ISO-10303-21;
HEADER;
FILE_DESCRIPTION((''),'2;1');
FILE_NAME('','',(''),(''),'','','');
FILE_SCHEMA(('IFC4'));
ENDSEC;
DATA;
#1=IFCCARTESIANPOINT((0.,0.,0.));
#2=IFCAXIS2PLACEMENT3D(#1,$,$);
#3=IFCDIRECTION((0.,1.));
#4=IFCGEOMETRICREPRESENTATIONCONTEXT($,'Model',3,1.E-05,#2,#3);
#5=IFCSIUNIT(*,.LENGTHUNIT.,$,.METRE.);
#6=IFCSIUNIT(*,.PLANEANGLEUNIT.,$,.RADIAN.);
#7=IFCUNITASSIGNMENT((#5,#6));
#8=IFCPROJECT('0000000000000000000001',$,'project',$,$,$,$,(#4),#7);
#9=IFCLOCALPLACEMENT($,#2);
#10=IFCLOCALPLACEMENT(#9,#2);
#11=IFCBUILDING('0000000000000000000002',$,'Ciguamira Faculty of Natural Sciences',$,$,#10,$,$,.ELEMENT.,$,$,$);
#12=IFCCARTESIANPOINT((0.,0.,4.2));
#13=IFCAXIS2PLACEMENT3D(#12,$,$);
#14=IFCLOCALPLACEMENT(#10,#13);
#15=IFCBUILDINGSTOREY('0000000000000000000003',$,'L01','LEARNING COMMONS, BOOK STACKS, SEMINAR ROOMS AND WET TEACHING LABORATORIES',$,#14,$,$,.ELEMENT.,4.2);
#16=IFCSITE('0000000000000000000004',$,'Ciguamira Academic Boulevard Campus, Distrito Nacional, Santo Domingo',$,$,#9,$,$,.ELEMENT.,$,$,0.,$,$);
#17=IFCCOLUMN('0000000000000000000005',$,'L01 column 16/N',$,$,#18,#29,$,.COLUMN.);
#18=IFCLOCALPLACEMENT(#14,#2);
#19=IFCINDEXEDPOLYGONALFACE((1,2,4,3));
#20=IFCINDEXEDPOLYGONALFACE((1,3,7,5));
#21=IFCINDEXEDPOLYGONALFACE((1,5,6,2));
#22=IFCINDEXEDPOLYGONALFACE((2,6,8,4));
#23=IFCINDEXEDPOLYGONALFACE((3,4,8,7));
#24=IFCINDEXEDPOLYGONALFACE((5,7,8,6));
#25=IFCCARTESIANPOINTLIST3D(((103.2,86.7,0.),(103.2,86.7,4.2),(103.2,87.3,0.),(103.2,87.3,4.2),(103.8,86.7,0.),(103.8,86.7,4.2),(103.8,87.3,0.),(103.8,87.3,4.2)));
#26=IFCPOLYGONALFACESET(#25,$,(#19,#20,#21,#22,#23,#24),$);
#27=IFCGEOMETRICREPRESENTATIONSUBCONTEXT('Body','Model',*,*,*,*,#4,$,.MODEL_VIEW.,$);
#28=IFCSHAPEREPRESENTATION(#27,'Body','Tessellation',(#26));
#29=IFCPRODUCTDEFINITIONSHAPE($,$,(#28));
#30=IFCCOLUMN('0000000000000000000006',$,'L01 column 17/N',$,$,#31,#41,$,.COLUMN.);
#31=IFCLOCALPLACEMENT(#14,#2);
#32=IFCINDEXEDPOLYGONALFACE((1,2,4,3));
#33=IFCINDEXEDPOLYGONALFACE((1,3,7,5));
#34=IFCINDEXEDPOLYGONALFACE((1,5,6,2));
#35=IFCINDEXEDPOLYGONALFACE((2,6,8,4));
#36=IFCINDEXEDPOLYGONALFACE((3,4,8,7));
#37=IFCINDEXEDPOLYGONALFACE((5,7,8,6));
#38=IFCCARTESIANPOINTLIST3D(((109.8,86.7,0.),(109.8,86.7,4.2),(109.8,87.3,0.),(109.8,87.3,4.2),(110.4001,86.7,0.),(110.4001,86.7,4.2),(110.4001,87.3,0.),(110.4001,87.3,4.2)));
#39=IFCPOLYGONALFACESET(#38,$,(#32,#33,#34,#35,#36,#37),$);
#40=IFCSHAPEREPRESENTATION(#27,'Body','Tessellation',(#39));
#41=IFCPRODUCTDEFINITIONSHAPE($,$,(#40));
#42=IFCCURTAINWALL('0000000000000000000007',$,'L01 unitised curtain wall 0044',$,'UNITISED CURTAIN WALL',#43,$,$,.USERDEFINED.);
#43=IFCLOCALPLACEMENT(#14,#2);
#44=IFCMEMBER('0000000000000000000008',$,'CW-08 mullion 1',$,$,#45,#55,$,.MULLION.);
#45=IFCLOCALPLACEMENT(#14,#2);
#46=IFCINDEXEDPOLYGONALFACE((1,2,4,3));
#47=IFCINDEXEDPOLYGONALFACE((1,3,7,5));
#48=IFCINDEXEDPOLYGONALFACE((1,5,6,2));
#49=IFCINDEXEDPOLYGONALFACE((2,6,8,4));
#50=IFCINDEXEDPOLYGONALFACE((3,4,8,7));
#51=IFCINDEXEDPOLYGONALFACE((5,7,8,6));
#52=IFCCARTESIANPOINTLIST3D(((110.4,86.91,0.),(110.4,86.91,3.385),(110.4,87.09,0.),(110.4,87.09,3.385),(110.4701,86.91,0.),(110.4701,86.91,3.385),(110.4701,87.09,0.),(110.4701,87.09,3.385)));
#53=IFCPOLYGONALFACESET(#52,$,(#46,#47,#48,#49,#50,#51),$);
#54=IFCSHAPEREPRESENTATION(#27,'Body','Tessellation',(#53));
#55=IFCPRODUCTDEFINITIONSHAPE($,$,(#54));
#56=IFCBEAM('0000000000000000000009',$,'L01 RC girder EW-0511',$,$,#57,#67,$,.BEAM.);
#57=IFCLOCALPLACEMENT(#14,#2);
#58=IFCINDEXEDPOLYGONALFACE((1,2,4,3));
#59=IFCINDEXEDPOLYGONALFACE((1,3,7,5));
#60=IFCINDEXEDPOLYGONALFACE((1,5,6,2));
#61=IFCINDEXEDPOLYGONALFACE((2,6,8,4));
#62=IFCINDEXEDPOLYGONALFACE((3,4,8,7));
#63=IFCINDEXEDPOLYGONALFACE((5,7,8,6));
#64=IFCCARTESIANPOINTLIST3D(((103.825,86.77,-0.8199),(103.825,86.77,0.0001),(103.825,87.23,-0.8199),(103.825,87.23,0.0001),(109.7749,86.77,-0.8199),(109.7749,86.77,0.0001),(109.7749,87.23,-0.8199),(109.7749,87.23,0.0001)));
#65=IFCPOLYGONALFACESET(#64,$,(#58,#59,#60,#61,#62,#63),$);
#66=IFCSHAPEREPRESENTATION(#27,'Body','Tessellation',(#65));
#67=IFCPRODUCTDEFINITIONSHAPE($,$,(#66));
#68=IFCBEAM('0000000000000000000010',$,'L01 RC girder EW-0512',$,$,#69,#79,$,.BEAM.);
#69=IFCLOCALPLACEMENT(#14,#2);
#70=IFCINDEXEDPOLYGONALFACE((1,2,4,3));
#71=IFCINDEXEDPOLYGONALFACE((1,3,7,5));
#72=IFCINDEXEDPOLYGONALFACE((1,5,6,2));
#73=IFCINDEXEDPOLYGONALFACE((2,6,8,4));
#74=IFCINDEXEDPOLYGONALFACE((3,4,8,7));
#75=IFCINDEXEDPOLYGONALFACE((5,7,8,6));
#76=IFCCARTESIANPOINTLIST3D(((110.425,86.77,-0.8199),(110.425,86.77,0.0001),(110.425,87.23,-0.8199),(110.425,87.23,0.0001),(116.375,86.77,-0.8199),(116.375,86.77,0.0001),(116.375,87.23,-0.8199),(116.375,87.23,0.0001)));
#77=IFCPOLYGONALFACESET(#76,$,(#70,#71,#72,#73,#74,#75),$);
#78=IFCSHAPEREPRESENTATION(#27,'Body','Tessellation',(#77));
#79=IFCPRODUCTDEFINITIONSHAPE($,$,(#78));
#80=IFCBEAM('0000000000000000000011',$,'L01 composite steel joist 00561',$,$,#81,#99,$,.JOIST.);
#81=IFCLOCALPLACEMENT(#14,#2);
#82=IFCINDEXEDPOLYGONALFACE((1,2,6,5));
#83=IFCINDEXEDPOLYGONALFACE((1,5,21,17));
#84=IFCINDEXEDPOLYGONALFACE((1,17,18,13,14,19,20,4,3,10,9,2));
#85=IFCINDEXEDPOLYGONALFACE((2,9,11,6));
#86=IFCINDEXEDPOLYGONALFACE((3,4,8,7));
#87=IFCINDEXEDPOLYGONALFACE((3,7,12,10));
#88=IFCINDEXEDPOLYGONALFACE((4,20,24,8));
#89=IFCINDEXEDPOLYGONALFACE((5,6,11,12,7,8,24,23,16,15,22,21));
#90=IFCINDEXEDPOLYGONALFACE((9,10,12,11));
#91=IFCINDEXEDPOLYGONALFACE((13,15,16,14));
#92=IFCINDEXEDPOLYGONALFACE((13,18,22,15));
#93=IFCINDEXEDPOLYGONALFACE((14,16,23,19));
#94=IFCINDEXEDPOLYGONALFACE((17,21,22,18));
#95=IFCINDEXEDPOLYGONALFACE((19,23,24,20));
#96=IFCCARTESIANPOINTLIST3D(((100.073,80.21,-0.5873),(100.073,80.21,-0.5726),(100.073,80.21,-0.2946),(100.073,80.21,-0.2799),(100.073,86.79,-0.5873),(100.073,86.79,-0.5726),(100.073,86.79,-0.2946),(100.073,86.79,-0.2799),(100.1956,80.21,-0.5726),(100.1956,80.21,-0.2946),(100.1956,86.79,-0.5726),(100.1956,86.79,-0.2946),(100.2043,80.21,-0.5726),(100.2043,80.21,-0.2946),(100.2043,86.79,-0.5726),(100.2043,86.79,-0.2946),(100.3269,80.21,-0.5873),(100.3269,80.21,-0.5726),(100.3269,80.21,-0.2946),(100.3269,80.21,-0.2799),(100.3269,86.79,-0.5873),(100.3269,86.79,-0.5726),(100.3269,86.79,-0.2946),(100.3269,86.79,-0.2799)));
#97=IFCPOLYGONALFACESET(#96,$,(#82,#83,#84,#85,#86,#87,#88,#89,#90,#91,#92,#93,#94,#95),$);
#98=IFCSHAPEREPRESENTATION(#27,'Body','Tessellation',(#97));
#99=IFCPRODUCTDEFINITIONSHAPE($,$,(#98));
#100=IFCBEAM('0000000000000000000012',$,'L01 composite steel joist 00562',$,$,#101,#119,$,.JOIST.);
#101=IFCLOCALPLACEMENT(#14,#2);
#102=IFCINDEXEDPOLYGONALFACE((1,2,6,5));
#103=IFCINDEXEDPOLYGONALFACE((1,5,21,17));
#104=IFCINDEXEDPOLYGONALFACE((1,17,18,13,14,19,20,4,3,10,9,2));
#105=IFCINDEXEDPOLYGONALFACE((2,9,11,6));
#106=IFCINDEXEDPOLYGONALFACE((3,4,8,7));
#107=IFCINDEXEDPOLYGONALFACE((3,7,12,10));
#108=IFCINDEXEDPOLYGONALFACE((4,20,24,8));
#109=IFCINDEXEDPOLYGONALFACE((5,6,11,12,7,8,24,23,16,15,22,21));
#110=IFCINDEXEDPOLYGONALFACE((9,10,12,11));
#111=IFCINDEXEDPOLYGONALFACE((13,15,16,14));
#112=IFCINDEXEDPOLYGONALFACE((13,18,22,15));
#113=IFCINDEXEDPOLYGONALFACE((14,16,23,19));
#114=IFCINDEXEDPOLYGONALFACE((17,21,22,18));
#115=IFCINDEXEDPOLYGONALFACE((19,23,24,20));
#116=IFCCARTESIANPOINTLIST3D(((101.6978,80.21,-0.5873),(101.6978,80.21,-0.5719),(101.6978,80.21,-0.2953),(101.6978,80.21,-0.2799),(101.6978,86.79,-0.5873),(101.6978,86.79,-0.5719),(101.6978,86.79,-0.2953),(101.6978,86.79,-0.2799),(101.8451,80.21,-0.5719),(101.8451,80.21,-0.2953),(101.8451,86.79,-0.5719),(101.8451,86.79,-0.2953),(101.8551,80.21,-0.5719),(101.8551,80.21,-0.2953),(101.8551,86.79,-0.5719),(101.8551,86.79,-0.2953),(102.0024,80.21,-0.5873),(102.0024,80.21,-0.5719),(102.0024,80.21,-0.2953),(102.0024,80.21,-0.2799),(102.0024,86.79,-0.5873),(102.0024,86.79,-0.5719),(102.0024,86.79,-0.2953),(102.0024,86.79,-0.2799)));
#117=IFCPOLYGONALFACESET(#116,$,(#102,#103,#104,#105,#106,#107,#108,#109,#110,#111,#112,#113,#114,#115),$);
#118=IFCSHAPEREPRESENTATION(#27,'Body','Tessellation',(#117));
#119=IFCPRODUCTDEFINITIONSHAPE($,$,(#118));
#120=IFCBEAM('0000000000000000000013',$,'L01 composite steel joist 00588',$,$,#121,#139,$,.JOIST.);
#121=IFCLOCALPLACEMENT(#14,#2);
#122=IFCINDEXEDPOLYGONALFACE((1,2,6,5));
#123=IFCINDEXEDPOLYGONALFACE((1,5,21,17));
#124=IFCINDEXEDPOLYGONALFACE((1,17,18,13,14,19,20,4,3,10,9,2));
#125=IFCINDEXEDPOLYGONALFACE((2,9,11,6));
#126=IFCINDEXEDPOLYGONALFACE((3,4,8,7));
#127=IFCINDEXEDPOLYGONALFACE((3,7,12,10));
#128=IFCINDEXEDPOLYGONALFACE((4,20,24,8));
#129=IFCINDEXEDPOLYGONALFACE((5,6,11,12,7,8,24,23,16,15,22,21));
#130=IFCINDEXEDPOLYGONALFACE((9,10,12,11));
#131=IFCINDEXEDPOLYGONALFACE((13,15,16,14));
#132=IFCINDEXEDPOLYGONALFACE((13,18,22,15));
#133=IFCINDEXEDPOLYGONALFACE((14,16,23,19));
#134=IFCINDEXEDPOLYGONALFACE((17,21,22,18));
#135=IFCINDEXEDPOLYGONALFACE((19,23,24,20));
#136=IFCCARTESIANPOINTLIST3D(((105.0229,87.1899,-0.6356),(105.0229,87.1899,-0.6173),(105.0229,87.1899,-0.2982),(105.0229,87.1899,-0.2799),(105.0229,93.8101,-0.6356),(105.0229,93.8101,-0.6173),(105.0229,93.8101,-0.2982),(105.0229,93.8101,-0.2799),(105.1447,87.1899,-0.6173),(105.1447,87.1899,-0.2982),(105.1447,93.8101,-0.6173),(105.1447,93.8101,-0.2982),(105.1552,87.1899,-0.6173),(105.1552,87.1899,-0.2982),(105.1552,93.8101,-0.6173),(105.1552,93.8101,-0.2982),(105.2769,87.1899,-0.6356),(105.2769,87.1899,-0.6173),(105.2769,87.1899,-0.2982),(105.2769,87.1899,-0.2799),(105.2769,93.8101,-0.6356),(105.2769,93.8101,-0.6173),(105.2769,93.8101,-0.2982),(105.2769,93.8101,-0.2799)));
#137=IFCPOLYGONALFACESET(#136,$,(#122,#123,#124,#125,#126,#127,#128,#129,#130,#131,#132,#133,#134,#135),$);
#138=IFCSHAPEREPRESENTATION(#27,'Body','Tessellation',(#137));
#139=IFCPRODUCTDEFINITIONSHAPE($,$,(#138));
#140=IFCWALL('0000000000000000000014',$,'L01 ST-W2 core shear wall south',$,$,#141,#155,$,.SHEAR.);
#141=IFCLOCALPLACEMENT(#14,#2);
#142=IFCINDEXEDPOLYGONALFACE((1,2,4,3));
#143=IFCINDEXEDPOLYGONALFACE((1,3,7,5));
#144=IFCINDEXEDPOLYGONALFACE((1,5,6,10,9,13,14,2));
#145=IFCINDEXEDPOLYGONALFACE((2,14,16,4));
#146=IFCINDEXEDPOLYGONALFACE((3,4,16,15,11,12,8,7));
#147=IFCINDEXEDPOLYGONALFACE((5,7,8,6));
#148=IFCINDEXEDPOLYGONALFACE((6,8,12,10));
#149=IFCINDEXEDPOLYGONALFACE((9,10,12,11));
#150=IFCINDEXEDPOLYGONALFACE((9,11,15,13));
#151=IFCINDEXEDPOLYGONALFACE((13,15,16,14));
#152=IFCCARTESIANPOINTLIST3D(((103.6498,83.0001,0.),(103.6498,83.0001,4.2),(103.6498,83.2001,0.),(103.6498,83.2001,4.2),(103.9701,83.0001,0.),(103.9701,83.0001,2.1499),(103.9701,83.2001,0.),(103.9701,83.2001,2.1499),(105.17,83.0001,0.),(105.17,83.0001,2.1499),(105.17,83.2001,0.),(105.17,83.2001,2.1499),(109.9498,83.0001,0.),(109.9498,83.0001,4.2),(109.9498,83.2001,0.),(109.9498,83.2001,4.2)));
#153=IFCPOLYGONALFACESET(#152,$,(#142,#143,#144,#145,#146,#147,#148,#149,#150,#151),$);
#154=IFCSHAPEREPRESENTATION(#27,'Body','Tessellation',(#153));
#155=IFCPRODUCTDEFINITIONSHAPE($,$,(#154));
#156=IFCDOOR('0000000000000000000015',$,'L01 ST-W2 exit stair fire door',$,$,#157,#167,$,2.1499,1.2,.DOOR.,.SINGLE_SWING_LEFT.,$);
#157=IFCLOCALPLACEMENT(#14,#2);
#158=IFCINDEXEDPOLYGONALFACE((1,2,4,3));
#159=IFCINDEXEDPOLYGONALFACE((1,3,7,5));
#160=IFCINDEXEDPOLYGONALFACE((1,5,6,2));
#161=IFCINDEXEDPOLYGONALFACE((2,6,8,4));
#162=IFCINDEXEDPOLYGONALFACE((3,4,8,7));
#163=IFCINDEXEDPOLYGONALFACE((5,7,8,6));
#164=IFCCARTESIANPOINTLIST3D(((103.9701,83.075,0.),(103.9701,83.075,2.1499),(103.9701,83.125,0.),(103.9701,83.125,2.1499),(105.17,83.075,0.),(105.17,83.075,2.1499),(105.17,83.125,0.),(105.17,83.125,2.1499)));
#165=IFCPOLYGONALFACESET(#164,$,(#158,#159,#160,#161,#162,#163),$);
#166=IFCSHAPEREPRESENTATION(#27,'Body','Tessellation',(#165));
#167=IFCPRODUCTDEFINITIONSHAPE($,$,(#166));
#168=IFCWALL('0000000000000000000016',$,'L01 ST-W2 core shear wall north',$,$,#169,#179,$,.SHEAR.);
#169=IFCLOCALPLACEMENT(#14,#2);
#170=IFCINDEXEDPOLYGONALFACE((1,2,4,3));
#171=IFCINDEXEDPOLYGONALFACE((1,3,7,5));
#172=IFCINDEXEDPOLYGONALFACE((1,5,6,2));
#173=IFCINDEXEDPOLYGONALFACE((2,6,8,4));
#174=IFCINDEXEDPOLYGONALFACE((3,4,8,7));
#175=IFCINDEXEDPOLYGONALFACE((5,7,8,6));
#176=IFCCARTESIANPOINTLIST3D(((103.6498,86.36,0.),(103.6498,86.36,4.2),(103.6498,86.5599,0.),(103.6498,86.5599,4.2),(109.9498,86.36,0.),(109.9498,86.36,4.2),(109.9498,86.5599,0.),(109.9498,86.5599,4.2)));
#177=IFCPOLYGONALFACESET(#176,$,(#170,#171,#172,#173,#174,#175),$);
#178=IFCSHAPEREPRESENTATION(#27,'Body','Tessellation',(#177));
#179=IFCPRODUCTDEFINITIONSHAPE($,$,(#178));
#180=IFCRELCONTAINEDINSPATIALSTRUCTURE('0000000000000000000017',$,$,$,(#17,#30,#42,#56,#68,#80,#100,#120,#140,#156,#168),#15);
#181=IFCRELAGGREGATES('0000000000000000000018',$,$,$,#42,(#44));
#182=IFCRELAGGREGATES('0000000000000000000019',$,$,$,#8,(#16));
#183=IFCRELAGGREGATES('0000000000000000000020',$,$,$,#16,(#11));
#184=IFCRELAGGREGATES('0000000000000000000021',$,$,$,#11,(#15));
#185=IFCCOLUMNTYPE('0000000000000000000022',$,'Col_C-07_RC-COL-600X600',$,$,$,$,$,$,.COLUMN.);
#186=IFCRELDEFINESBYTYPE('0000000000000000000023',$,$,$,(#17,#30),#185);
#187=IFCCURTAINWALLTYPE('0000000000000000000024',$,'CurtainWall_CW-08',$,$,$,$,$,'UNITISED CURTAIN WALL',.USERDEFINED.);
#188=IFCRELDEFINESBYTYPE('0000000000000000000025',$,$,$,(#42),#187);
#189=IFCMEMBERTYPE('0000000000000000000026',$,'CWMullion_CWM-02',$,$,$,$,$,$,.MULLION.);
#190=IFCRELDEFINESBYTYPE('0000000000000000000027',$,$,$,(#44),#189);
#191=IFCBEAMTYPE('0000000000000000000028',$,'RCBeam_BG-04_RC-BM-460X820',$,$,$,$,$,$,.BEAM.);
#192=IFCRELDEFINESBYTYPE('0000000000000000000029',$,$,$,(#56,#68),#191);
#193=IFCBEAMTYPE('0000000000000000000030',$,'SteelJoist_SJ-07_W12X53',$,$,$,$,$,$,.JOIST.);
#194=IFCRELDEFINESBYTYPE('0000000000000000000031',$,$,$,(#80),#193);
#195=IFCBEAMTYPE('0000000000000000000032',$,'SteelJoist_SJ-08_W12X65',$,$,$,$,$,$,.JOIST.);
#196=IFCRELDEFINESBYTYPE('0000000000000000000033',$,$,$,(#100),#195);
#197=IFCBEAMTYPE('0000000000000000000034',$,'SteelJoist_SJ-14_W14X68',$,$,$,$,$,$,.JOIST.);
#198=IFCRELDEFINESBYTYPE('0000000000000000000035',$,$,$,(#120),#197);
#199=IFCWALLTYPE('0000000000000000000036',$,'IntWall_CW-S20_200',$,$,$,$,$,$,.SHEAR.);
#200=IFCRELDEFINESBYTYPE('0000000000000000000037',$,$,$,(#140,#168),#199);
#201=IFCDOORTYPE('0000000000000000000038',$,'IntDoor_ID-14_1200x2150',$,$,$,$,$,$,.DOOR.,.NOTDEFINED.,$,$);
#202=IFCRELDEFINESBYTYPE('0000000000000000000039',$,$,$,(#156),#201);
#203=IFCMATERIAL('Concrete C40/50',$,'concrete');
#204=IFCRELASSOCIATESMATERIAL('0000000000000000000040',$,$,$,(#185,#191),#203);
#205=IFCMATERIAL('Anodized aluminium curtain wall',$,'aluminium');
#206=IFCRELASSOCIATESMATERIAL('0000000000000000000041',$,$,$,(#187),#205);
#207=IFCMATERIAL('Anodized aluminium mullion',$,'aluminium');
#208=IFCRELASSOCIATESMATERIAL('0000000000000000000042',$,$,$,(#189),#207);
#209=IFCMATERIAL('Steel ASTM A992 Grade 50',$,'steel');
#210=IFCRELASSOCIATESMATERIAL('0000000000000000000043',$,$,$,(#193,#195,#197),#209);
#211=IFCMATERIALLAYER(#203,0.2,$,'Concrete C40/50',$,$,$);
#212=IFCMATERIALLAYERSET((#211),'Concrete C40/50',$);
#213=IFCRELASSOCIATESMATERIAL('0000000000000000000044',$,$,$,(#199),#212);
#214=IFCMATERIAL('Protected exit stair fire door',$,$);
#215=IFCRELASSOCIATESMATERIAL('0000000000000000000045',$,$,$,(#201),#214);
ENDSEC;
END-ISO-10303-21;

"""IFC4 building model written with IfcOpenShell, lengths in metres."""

from ifc_helpers import new_model, si_unit, direction, frame, frame_2d, origin, origin_2d, place, context, subcontext, project, spatial, rectangle, i_section, extrude, material, layer, layer_set, material_profile, profile_set, type_object, element, fill, aggregate, save


model = new_model("IFC4")

# Units and contexts
model_context = context("Model", 3, precision=1e-05, world=origin(), true_north=direction((0.0, 1.0)))
body_context = subcontext(model_context, "Body", "Model", "MODEL_VIEW")
ifc_project = project(units=[si_unit("LENGTHUNIT", "METRE"), si_unit("PLANEANGLEUNIT", "RADIAN")], contexts=[model_context])

# Site, building, storey
site_placement = place(None, origin())
site = spatial("IfcSite", under=ifc_project, at=site_placement, Name="Ciguamira Academic Boulevard Campus, Distrito Nacional, Santo Domingo", CompositionType="ELEMENT", RefElevation=0.0)
building_placement = place(site_placement, origin())
building = spatial("IfcBuilding", under=site, at=building_placement, Name="Ciguamira Faculty of Natural Sciences", CompositionType="ELEMENT")
storey_placement = place(building_placement, frame((0.0, 0.0, 4.2)))
storey = spatial("IfcBuildingStorey", under=building, at=storey_placement, Name="L01", Description="LEARNING COMMONS, BOOK STACKS, SEMINAR ROOMS AND WET TEACHING LABORATORIES", CompositionType="ELEMENT", Elevation=4.2)

# Columns
ifc_material_1 = material(Name="Concrete C40/50", Category="concrete")
ifc_material_profile_1 = material_profile(ifc_material_1, rectangle(XDim=0.6001, YDim=0.6001, at=origin_2d()), Name="RC-COL-600X600")
ifc_profile_set_1 = profile_set([ifc_material_profile_1], Name="Concrete C40/50")
column_type = type_object("IfcColumnType", Name="Col_C-07_RC-COL-600X600", PredefinedType="COLUMN", material=ifc_profile_set_1)
for number, where, z_axis, x_axis, name in (
    (1, (103.5, 87.0, 0.0), (0.0, 0.0, 1.0), (1.0, 0.0, 0.0), "L01 column 16/N"),
    (2, (110.1001, 87.0, 0.0), (0.0, 0.0, 1.0), (1.0, 0.0, 0.0), "L01 column 17/N"),
):
    element("IfcColumn", number, at=place(storey_placement, frame(where, z_axis=z_axis, x_axis=x_axis)), inside=storey, type_object=column_type, Name=name, PredefinedType="COLUMN", context=body_context, shape_type="SweptSolid", body=[
        extrude(rectangle(XDim=0.6001, YDim=0.6001, at=origin_2d()), origin(), (0.0, 0.0, 1.0), 4.2),
    ])

# Curtain wall, member
ifc_material_2 = material(Name="Anodized aluminium curtain wall", Category="aluminium")
curtain_wall_type = type_object("IfcCurtainWallType", Name="CurtainWall_CW-08", ElementType="UNITISED CURTAIN WALL", PredefinedType="USERDEFINED", material=ifc_material_2)
curtain_wall_placement = place(storey_placement, origin())
curtain_wall = element("IfcCurtainWall", 3, at=curtain_wall_placement, inside=storey, type_object=curtain_wall_type, Name="L01 unitised curtain wall 0044", ObjectType="UNITISED CURTAIN WALL", PredefinedType="USERDEFINED")
ifc_material_3 = material(Name="Anodized aluminium mullion", Category="aluminium")
ifc_material_profile_2 = material_profile(ifc_material_3, rectangle(XDim=0.0701, YDim=0.1799, at=origin_2d()), Name="ALU-MUL-70X180")
ifc_profile_set_2 = profile_set([ifc_material_profile_2], Name="Anodized aluminium mullion")
member_type = type_object("IfcMemberType", Name="CWMullion_CWM-02", PredefinedType="MULLION", material=ifc_profile_set_2)
member_placement = place(storey_placement, frame((110.4351, 87.0, 0.0), z_axis=(0.0, 0.0, 1.0), x_axis=(1.0, 0.0, 0.0)))
member = element("IfcMember", 4, at=member_placement, type_object=member_type, Name="CW-08 mullion 1", PredefinedType="MULLION", context=body_context, shape_type="SweptSolid", body=[
    extrude(rectangle(XDim=0.0701, YDim=0.1799, at=origin_2d()), origin(), (0.0, 0.0, 1.0), 3.385),
])
aggregate(curtain_wall, [member])

# Beams
ifc_material_profile_3 = material_profile(ifc_material_1, rectangle(XDim=0.46, YDim=0.8201, at=origin_2d()), Name="RC-BM-460X820")
ifc_profile_set_3 = profile_set([ifc_material_profile_3], Name="Concrete C40/50")
beam_type_1 = type_object("IfcBeamType", Name="RCBeam_BG-04_RC-BM-460X820", PredefinedType="BEAM", material=ifc_profile_set_3)
for number, where, z_axis, x_axis, name in (
    (5, (103.825, 87.0, -0.4099), (1.0, 0.0, 0.0), (0.0, 1.0, 0.0), "L01 RC girder EW-0511"),
    (6, (110.425, 87.0, -0.4099), (1.0, 0.0, 0.0), (0.0, 1.0, 0.0), "L01 RC girder EW-0512"),
):
    element("IfcBeam", number, at=place(storey_placement, frame(where, z_axis=z_axis, x_axis=x_axis)), inside=storey, type_object=beam_type_1, Name=name, PredefinedType="BEAM", context=body_context, shape_type="SweptSolid", body=[
        extrude(rectangle(XDim=0.46, YDim=0.8201, at=origin_2d()), origin(), (0.0, 0.0, 1.0), 5.95),
    ])
ifc_material_4 = material(Name="Steel ASTM A992 Grade 50", Category="steel")
ifc_material_profile_4 = material_profile(ifc_material_4, i_section(OverallWidth=0.2539, OverallDepth=0.3074, WebThickness=0.0088, FlangeThickness=0.0146, at=origin_2d()), Name="W12X53")
ifc_profile_set_4 = profile_set([ifc_material_profile_4], Name="Steel ASTM A992 Grade 50")
beam_type_2 = type_object("IfcBeamType", Name="SteelJoist_SJ-07_W12X53", PredefinedType="JOIST", material=ifc_profile_set_4)
beam_1_placement = place(storey_placement, frame((100.2, 80.21, -0.4336), z_axis=(0.0, 1.0, 0.0), x_axis=(-1.0, 0.0, 0.0)))
element("IfcBeam", 7, at=beam_1_placement, inside=storey, type_object=beam_type_2, Name="L01 composite steel joist 00561", PredefinedType="JOIST", context=body_context, shape_type="SweptSolid", body=[
    extrude(i_section(OverallWidth=0.2539, OverallDepth=0.3074, WebThickness=0.0088, FlangeThickness=0.0146, at=origin_2d()), origin(), (0.0, 0.0, 1.0), 6.5801),
])
ifc_material_profile_5 = material_profile(ifc_material_4, i_section(OverallWidth=0.3047, OverallDepth=0.3074, WebThickness=0.01, FlangeThickness=0.0154, at=origin_2d()), Name="W12X65")
ifc_profile_set_5 = profile_set([ifc_material_profile_5], Name="Steel ASTM A992 Grade 50")
beam_type_3 = type_object("IfcBeamType", Name="SteelJoist_SJ-08_W12X65", PredefinedType="JOIST", material=ifc_profile_set_5)
beam_2_placement = place(storey_placement, frame((101.8501, 80.21, -0.4336), z_axis=(0.0, 1.0, 0.0), x_axis=(-1.0, 0.0, 0.0)))
element("IfcBeam", 8, at=beam_2_placement, inside=storey, type_object=beam_type_3, Name="L01 composite steel joist 00562", PredefinedType="JOIST", context=body_context, shape_type="SweptSolid", body=[
    extrude(i_section(OverallWidth=0.3047, OverallDepth=0.3074, WebThickness=0.01, FlangeThickness=0.0154, at=origin_2d()), origin(), (0.0, 0.0, 1.0), 6.5801),
])
ifc_material_profile_6 = material_profile(ifc_material_4, i_section(OverallWidth=0.2539, OverallDepth=0.3557, WebThickness=0.0105, FlangeThickness=0.0183, at=origin_2d()), Name="W14X68")
ifc_profile_set_6 = profile_set([ifc_material_profile_6], Name="Steel ASTM A992 Grade 50")
beam_type_4 = type_object("IfcBeamType", Name="SteelJoist_SJ-14_W14X68", PredefinedType="JOIST", material=ifc_profile_set_6)
beam_3_placement = place(storey_placement, frame((105.1499, 87.1899, -0.4578), z_axis=(0.0, 1.0, 0.0), x_axis=(-1.0, 0.0, 0.0)))
element("IfcBeam", 9, at=beam_3_placement, inside=storey, type_object=beam_type_4, Name="L01 composite steel joist 00588", PredefinedType="JOIST", context=body_context, shape_type="SweptSolid", body=[
    extrude(i_section(OverallWidth=0.2539, OverallDepth=0.3557, WebThickness=0.0105, FlangeThickness=0.0183, at=origin_2d()), origin(), (0.0, 0.0, 1.0), 6.6201),
])

# Wall, opening, door
ifc_layer = layer(ifc_material_1, 0.2, Name="Concrete C40/50")
ifc_layer_set = layer_set([ifc_layer], Name="Concrete C40/50")
wall_type = type_object("IfcWallType", Name="IntWall_CW-S20_200", PredefinedType="SHEAR", material=ifc_layer_set)
wall_1_placement = place(storey_placement, frame((103.6499, 83.1001, 0.0), z_axis=(0.0, 0.0, 1.0), x_axis=(1.0, 0.0, 0.0)))
wall_1 = element("IfcWall", 10, at=wall_1_placement, inside=storey, type_object=wall_type, Name="L01 ST-W2 core shear wall south", PredefinedType="SHEAR", context=body_context, shape_type="SweptSolid", body=[
    extrude(rectangle(XDim=6.3, YDim=0.2, at=frame_2d((3.1499, 0.0))), origin(), (0.0, 0.0, 1.0), 4.2),
])
opening_placement = place(wall_1_placement, frame((0.3201, 0.0, 0.0)))
opening = element("IfcOpeningElement", 11, at=opening_placement, cuts=wall_1, PredefinedType="OPENING", context=body_context, shape_type="SweptSolid", body=[
    extrude(rectangle(XDim=1.2, YDim=2.1499, at=frame_2d((0.6001, 1.075))), frame((0.0, 0.1099, 0.0), z_axis=(0.0, -1.0, 0.0), x_axis=(1.0, 0.0, 0.0)), (0.0, 0.0, 1.0), 0.22),
])
ifc_material_5 = material(Name="Protected exit stair fire door")
door_type = type_object("IfcDoorType", Name="IntDoor_ID-14_1200x2150", OperationType="NOTDEFINED", PredefinedType="DOOR", material=ifc_material_5)
door_placement = place(opening_placement, origin())
door = element("IfcDoor", 12, at=door_placement, inside=storey, type_object=door_type, Name="L01 ST-W2 exit stair fire door", OperationType="SINGLE_SWING_LEFT", OverallHeight=2.1499, OverallWidth=1.2, PredefinedType="DOOR", context=body_context, shape_type="SweptSolid", body=[
    extrude(rectangle(XDim=1.2, YDim=2.1499, at=frame_2d((0.6001, 1.075))), frame((0.0, 0.0249, 0.0), z_axis=(0.0, -1.0, 0.0), x_axis=(1.0, 0.0, 0.0)), (0.0, 0.0, 1.0), 0.05),
])
fill(opening, door)

# Wall
wall_2_placement = place(storey_placement, frame((103.6499, 86.46, 0.0), z_axis=(0.0, 0.0, 1.0), x_axis=(1.0, 0.0, 0.0)))
element("IfcWall", 13, at=wall_2_placement, inside=storey, type_object=wall_type, Name="L01 ST-W2 core shear wall north", PredefinedType="SHEAR", context=body_context, shape_type="SweptSolid", body=[
    extrude(rectangle(XDim=6.3, YDim=0.2, at=frame_2d((3.1499, 0.0))), origin(), (0.0, 0.0, 1.0), 4.2),
])

save(model, "model.ifc")
